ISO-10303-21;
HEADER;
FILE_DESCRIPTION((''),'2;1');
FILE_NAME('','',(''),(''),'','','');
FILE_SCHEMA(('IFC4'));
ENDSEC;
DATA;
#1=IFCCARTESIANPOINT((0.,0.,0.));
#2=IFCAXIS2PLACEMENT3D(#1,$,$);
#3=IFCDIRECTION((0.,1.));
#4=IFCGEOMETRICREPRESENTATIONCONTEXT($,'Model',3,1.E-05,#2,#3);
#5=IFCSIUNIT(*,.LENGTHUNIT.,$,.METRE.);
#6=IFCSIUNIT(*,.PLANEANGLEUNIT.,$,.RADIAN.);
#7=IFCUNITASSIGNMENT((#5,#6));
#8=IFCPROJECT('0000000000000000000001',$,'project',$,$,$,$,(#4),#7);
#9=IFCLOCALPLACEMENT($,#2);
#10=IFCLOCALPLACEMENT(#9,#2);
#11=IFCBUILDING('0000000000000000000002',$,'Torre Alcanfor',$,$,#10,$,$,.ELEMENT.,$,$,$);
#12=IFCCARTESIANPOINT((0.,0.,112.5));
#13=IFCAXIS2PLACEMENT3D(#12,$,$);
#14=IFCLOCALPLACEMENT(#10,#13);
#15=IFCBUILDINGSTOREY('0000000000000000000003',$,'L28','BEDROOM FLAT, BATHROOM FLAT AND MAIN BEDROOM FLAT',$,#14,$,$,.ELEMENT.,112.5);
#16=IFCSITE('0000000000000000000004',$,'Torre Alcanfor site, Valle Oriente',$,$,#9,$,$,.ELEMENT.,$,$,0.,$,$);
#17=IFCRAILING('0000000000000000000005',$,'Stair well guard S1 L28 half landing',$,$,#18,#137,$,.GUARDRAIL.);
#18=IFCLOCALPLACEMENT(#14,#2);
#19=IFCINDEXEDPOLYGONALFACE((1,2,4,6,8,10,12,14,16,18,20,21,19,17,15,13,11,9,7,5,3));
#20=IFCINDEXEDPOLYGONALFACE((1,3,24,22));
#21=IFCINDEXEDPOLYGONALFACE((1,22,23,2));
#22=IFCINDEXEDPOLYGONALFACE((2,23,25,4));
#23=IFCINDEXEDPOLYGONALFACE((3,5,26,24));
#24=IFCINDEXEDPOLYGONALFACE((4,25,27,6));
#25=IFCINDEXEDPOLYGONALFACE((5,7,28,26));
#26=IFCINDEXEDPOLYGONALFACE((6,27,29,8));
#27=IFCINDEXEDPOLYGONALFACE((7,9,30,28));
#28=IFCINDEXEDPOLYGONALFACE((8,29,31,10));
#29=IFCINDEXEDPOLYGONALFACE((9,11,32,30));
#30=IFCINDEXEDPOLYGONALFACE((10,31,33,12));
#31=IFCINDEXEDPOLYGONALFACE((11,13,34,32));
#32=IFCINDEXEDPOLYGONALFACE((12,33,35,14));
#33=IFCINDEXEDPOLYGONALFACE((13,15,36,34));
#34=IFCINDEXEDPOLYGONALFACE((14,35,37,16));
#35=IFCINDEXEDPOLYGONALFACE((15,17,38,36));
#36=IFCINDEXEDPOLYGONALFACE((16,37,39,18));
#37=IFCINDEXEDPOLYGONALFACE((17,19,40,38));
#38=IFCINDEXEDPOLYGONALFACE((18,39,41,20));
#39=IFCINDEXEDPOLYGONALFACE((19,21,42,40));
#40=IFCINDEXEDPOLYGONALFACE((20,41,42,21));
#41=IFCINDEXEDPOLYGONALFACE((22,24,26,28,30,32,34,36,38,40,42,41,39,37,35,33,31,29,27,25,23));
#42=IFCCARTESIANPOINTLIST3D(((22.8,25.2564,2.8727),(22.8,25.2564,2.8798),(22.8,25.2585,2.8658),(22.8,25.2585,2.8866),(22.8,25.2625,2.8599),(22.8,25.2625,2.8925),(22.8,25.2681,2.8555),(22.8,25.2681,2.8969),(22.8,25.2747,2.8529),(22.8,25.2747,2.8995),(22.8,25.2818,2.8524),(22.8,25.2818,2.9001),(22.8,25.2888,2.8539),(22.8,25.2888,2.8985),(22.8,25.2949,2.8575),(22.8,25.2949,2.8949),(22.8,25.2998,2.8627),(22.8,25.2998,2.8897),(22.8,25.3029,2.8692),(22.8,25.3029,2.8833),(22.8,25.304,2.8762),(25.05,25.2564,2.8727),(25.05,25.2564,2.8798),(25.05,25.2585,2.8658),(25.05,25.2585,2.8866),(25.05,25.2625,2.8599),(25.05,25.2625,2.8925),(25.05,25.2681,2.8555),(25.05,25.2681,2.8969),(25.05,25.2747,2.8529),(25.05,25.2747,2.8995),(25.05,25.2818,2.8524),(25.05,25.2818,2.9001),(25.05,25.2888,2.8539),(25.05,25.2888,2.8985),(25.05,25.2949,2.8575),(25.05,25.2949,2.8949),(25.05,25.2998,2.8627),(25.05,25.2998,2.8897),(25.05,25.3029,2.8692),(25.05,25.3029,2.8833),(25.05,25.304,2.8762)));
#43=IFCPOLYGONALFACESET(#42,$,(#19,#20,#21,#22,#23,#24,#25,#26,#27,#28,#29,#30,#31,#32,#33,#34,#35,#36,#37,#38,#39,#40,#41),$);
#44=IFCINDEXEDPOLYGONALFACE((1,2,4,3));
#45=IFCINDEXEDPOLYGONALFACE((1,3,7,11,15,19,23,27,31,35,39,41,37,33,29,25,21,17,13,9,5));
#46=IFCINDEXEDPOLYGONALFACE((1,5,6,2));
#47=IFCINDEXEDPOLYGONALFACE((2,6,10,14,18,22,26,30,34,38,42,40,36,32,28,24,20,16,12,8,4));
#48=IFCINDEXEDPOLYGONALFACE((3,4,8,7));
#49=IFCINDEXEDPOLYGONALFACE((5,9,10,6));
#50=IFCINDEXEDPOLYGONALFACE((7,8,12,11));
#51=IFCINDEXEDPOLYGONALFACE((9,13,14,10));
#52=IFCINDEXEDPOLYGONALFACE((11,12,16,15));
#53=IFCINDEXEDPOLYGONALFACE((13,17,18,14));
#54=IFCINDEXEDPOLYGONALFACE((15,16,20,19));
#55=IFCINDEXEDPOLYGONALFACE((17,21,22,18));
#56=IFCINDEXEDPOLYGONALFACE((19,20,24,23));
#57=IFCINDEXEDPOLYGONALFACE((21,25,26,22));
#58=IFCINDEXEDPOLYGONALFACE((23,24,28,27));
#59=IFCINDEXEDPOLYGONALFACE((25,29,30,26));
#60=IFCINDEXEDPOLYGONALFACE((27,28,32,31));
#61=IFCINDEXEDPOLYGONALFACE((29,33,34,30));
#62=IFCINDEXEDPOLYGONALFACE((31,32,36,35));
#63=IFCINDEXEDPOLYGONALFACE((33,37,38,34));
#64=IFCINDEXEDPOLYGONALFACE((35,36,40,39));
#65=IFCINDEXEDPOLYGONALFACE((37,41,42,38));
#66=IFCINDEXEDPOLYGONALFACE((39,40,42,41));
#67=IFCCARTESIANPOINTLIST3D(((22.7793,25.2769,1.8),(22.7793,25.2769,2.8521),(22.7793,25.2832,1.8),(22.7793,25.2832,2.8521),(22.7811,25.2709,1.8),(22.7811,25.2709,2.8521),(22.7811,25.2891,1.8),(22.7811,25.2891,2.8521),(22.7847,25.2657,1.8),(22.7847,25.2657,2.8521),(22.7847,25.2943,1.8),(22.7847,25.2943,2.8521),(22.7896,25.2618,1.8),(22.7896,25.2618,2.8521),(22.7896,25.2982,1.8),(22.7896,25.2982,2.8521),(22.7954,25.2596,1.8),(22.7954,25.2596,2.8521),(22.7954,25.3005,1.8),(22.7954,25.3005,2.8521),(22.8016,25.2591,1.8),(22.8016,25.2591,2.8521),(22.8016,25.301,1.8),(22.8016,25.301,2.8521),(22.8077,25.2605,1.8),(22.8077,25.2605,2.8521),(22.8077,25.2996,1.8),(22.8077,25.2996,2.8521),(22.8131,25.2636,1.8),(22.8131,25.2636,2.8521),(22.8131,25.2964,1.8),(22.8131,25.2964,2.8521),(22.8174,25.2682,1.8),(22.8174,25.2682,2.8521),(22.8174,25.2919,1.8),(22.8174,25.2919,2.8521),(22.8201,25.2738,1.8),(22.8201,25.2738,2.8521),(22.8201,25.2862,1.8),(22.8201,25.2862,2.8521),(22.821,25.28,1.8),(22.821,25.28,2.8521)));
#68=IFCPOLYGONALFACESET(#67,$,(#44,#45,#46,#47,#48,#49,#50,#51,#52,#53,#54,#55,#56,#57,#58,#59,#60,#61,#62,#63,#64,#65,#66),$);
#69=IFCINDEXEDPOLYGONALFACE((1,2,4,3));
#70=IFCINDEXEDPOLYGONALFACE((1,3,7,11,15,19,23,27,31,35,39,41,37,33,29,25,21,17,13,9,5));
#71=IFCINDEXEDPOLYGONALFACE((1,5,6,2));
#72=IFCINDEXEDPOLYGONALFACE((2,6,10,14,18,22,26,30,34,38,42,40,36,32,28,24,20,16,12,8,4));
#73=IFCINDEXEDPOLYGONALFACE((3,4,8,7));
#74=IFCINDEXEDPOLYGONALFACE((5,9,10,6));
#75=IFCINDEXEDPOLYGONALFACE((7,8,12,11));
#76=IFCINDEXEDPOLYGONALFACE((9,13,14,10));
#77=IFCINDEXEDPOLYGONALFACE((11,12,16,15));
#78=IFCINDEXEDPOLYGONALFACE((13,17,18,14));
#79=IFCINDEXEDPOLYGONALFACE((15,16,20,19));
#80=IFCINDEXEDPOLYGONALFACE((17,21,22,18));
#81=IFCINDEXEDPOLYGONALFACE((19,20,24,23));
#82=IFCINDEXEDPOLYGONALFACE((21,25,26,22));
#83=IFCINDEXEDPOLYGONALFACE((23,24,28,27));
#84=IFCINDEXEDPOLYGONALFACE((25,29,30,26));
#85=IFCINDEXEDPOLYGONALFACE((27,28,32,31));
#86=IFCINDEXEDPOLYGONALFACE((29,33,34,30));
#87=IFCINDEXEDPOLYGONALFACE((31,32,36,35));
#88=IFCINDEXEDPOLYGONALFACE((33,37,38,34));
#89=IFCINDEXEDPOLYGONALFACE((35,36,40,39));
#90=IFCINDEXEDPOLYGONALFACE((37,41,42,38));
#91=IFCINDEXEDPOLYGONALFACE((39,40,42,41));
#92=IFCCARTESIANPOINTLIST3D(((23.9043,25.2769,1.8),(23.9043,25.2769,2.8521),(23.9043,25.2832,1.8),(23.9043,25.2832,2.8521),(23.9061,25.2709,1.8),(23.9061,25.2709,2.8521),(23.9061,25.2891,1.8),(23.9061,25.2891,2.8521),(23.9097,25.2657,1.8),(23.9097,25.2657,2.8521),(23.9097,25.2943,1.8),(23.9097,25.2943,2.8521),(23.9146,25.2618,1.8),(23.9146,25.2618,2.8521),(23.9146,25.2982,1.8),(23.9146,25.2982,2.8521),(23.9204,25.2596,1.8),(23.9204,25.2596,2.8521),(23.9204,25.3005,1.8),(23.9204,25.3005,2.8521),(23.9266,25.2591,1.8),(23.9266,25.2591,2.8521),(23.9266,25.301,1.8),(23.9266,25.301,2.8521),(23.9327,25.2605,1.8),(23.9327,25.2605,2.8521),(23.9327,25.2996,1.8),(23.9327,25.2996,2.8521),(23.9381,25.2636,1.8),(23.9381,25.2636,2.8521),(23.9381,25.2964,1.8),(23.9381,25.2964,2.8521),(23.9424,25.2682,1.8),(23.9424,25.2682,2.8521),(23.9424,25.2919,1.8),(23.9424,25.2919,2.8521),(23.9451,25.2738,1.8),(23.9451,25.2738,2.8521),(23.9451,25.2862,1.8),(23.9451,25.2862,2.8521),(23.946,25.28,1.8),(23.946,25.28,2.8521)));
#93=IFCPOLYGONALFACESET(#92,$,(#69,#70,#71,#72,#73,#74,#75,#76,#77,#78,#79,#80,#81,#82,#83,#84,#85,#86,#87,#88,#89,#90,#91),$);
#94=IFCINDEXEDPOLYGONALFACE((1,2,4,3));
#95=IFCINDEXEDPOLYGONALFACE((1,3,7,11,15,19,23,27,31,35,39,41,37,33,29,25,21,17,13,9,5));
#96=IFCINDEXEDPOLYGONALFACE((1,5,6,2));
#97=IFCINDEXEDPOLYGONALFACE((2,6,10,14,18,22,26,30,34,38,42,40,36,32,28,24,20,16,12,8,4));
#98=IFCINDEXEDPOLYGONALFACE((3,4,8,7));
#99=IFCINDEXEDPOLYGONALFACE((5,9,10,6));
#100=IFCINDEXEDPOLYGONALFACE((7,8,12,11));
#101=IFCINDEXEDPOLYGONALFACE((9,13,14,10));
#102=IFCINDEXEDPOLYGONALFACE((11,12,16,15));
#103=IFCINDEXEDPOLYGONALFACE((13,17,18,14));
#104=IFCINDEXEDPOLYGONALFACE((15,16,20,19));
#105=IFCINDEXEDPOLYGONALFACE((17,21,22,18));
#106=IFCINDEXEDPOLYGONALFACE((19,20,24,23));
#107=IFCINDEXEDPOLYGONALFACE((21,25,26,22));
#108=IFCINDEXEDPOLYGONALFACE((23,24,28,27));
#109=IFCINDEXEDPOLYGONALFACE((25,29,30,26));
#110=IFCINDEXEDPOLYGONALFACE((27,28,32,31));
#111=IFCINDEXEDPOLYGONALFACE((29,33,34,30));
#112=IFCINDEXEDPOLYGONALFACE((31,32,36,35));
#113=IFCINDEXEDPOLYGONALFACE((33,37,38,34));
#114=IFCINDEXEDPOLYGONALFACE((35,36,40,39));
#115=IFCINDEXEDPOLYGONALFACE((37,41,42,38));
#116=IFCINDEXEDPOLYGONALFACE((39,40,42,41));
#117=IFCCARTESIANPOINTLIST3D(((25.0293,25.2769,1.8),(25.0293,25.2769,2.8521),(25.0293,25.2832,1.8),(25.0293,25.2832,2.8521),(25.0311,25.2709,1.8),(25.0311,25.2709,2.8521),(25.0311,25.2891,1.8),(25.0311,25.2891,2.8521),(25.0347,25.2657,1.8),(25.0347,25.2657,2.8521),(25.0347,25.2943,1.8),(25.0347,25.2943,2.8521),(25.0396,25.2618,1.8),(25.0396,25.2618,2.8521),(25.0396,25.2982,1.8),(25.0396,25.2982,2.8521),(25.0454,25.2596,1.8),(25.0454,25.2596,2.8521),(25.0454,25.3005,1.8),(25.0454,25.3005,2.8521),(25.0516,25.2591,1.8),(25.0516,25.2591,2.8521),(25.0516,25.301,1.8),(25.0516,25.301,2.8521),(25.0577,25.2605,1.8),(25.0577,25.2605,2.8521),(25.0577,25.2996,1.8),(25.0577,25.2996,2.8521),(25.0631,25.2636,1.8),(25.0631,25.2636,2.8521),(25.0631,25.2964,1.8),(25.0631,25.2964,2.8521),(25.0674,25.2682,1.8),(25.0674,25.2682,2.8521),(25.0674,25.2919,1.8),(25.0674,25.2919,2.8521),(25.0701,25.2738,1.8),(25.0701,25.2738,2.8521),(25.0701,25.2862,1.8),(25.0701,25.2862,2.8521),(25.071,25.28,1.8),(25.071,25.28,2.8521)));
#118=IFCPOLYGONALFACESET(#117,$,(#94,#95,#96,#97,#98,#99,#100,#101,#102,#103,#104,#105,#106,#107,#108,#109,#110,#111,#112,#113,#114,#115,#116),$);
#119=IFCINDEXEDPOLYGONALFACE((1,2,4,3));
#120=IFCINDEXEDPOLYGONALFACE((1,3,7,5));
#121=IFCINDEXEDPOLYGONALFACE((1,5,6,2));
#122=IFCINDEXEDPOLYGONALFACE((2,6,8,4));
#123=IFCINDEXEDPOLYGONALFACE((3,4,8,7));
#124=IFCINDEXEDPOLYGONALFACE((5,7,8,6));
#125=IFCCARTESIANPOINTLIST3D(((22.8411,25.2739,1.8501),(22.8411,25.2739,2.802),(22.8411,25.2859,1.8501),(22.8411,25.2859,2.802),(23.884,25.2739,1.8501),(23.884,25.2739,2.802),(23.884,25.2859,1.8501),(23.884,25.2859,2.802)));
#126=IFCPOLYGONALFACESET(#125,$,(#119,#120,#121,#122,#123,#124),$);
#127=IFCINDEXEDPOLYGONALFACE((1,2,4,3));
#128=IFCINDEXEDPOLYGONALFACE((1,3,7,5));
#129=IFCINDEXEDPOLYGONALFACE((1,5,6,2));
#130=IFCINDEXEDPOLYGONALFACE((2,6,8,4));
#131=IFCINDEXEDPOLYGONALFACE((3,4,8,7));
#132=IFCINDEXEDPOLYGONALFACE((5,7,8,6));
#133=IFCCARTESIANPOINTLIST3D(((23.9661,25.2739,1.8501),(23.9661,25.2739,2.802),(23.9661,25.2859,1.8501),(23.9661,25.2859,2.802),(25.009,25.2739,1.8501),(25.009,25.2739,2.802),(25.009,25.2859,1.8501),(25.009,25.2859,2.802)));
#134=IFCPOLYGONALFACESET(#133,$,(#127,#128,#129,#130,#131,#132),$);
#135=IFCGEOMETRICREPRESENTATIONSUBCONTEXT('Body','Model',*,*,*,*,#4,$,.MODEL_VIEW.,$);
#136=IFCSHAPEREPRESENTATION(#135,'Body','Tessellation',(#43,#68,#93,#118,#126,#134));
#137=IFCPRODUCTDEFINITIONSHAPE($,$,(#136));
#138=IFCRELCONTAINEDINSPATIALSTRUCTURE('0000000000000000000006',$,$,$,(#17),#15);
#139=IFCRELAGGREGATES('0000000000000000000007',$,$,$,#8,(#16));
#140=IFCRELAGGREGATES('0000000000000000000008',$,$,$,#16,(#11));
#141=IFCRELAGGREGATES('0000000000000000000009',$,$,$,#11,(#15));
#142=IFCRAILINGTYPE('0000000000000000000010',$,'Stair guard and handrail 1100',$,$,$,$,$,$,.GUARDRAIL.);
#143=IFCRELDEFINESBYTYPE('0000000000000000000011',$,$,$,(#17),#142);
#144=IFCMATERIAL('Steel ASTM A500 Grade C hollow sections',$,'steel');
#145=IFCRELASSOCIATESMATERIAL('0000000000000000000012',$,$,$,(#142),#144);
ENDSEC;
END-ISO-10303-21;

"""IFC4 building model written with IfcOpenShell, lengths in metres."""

from ifc_helpers import new_model, si_unit, direction, frame, origin, origin_2d, place, context, subcontext, project, spatial, polyline, circle, outline, extrude, material, type_object, element, save


model = new_model("IFC4")

# Units and contexts
model_context = context("Model", 3, precision=1e-05, world=origin(), true_north=direction((0.0, 1.0)))
body_context = subcontext(model_context, "Body", "Model", "MODEL_VIEW")
ifc_project = project(units=[si_unit("LENGTHUNIT", "METRE"), si_unit("PLANEANGLEUNIT", "RADIAN")], contexts=[model_context])

# Site, building, storey
site_placement = place(None, origin())
site = spatial("IfcSite", under=ifc_project, at=site_placement, Name="Torre Alcanfor site, Valle Oriente", CompositionType="ELEMENT", RefElevation=0.0)
building_placement = place(site_placement, origin())
building = spatial("IfcBuilding", under=site, at=building_placement, Name="Torre Alcanfor", CompositionType="ELEMENT")
storey_placement = place(building_placement, frame((0.0, 0.0, 112.5)))
storey = spatial("IfcBuildingStorey", under=building, at=storey_placement, Name="L28", Description="BEDROOM FLAT, BATHROOM FLAT AND MAIN BEDROOM FLAT", CompositionType="ELEMENT", Elevation=112.5)

# Railing
ifc_material_1 = material(Name="Steel ASTM A500 Grade C hollow sections", Category="steel")
railing_type = type_object("IfcRailingType", Name="Stair guard and handrail 1100", PredefinedType="GUARDRAIL", material=ifc_material_1)
for number, where, name in (
    (1, (22.8, 25.28, 1.8), "Stair well guard S1 L28 half landing"),
):
    element("IfcRailing", number, at=place(storey_placement, frame(where)), inside=storey, type_object=railing_type, Name=name, PredefinedType="GUARDRAIL", context=body_context, shape_type="SweptSolid", body=[
        extrude(circle(Radius=0.0239, at=origin_2d()), frame((0.0, 0.0, 1.0762), z_axis=(1.0, 0.0, 0.0), x_axis=(0.0, 1.0, 0.0)), (0.0, 0.0, 1.0), 2.25),
        extrude(circle(Radius=0.021, at=origin_2d()), origin(), (0.0, 0.0, 1.0), 1.052),
        extrude(circle(Radius=0.021, at=origin_2d()), frame((1.125, 0.0, 0.0)), (0.0, 0.0, 1.0), 1.052),
        extrude(circle(Radius=0.021, at=origin_2d()), frame((2.25, 0.0, 0.0)), (0.0, 0.0, 1.0), 1.052),
        extrude(outline(polyline([(0.041, 0.05), (1.084, 0.05), (1.084, 1.002), (0.041, 1.002), (0.041, 0.05)])), frame((0.0, 0.0059, 0.0), z_axis=(0.0, -1.0, 0.0), x_axis=(1.0, 0.0, 0.0)), (0.0, 0.0, 1.0), 0.012),
        extrude(outline(polyline([(1.166, 0.05), (2.209, 0.05), (2.209, 1.002), (1.166, 1.002), (1.166, 0.05)])), frame((0.0, 0.0059, 0.0), z_axis=(0.0, -1.0, 0.0), x_axis=(1.0, 0.0, 0.0)), (0.0, 0.0, 1.0), 0.012),
    ])

save(model, "model.ifc")
